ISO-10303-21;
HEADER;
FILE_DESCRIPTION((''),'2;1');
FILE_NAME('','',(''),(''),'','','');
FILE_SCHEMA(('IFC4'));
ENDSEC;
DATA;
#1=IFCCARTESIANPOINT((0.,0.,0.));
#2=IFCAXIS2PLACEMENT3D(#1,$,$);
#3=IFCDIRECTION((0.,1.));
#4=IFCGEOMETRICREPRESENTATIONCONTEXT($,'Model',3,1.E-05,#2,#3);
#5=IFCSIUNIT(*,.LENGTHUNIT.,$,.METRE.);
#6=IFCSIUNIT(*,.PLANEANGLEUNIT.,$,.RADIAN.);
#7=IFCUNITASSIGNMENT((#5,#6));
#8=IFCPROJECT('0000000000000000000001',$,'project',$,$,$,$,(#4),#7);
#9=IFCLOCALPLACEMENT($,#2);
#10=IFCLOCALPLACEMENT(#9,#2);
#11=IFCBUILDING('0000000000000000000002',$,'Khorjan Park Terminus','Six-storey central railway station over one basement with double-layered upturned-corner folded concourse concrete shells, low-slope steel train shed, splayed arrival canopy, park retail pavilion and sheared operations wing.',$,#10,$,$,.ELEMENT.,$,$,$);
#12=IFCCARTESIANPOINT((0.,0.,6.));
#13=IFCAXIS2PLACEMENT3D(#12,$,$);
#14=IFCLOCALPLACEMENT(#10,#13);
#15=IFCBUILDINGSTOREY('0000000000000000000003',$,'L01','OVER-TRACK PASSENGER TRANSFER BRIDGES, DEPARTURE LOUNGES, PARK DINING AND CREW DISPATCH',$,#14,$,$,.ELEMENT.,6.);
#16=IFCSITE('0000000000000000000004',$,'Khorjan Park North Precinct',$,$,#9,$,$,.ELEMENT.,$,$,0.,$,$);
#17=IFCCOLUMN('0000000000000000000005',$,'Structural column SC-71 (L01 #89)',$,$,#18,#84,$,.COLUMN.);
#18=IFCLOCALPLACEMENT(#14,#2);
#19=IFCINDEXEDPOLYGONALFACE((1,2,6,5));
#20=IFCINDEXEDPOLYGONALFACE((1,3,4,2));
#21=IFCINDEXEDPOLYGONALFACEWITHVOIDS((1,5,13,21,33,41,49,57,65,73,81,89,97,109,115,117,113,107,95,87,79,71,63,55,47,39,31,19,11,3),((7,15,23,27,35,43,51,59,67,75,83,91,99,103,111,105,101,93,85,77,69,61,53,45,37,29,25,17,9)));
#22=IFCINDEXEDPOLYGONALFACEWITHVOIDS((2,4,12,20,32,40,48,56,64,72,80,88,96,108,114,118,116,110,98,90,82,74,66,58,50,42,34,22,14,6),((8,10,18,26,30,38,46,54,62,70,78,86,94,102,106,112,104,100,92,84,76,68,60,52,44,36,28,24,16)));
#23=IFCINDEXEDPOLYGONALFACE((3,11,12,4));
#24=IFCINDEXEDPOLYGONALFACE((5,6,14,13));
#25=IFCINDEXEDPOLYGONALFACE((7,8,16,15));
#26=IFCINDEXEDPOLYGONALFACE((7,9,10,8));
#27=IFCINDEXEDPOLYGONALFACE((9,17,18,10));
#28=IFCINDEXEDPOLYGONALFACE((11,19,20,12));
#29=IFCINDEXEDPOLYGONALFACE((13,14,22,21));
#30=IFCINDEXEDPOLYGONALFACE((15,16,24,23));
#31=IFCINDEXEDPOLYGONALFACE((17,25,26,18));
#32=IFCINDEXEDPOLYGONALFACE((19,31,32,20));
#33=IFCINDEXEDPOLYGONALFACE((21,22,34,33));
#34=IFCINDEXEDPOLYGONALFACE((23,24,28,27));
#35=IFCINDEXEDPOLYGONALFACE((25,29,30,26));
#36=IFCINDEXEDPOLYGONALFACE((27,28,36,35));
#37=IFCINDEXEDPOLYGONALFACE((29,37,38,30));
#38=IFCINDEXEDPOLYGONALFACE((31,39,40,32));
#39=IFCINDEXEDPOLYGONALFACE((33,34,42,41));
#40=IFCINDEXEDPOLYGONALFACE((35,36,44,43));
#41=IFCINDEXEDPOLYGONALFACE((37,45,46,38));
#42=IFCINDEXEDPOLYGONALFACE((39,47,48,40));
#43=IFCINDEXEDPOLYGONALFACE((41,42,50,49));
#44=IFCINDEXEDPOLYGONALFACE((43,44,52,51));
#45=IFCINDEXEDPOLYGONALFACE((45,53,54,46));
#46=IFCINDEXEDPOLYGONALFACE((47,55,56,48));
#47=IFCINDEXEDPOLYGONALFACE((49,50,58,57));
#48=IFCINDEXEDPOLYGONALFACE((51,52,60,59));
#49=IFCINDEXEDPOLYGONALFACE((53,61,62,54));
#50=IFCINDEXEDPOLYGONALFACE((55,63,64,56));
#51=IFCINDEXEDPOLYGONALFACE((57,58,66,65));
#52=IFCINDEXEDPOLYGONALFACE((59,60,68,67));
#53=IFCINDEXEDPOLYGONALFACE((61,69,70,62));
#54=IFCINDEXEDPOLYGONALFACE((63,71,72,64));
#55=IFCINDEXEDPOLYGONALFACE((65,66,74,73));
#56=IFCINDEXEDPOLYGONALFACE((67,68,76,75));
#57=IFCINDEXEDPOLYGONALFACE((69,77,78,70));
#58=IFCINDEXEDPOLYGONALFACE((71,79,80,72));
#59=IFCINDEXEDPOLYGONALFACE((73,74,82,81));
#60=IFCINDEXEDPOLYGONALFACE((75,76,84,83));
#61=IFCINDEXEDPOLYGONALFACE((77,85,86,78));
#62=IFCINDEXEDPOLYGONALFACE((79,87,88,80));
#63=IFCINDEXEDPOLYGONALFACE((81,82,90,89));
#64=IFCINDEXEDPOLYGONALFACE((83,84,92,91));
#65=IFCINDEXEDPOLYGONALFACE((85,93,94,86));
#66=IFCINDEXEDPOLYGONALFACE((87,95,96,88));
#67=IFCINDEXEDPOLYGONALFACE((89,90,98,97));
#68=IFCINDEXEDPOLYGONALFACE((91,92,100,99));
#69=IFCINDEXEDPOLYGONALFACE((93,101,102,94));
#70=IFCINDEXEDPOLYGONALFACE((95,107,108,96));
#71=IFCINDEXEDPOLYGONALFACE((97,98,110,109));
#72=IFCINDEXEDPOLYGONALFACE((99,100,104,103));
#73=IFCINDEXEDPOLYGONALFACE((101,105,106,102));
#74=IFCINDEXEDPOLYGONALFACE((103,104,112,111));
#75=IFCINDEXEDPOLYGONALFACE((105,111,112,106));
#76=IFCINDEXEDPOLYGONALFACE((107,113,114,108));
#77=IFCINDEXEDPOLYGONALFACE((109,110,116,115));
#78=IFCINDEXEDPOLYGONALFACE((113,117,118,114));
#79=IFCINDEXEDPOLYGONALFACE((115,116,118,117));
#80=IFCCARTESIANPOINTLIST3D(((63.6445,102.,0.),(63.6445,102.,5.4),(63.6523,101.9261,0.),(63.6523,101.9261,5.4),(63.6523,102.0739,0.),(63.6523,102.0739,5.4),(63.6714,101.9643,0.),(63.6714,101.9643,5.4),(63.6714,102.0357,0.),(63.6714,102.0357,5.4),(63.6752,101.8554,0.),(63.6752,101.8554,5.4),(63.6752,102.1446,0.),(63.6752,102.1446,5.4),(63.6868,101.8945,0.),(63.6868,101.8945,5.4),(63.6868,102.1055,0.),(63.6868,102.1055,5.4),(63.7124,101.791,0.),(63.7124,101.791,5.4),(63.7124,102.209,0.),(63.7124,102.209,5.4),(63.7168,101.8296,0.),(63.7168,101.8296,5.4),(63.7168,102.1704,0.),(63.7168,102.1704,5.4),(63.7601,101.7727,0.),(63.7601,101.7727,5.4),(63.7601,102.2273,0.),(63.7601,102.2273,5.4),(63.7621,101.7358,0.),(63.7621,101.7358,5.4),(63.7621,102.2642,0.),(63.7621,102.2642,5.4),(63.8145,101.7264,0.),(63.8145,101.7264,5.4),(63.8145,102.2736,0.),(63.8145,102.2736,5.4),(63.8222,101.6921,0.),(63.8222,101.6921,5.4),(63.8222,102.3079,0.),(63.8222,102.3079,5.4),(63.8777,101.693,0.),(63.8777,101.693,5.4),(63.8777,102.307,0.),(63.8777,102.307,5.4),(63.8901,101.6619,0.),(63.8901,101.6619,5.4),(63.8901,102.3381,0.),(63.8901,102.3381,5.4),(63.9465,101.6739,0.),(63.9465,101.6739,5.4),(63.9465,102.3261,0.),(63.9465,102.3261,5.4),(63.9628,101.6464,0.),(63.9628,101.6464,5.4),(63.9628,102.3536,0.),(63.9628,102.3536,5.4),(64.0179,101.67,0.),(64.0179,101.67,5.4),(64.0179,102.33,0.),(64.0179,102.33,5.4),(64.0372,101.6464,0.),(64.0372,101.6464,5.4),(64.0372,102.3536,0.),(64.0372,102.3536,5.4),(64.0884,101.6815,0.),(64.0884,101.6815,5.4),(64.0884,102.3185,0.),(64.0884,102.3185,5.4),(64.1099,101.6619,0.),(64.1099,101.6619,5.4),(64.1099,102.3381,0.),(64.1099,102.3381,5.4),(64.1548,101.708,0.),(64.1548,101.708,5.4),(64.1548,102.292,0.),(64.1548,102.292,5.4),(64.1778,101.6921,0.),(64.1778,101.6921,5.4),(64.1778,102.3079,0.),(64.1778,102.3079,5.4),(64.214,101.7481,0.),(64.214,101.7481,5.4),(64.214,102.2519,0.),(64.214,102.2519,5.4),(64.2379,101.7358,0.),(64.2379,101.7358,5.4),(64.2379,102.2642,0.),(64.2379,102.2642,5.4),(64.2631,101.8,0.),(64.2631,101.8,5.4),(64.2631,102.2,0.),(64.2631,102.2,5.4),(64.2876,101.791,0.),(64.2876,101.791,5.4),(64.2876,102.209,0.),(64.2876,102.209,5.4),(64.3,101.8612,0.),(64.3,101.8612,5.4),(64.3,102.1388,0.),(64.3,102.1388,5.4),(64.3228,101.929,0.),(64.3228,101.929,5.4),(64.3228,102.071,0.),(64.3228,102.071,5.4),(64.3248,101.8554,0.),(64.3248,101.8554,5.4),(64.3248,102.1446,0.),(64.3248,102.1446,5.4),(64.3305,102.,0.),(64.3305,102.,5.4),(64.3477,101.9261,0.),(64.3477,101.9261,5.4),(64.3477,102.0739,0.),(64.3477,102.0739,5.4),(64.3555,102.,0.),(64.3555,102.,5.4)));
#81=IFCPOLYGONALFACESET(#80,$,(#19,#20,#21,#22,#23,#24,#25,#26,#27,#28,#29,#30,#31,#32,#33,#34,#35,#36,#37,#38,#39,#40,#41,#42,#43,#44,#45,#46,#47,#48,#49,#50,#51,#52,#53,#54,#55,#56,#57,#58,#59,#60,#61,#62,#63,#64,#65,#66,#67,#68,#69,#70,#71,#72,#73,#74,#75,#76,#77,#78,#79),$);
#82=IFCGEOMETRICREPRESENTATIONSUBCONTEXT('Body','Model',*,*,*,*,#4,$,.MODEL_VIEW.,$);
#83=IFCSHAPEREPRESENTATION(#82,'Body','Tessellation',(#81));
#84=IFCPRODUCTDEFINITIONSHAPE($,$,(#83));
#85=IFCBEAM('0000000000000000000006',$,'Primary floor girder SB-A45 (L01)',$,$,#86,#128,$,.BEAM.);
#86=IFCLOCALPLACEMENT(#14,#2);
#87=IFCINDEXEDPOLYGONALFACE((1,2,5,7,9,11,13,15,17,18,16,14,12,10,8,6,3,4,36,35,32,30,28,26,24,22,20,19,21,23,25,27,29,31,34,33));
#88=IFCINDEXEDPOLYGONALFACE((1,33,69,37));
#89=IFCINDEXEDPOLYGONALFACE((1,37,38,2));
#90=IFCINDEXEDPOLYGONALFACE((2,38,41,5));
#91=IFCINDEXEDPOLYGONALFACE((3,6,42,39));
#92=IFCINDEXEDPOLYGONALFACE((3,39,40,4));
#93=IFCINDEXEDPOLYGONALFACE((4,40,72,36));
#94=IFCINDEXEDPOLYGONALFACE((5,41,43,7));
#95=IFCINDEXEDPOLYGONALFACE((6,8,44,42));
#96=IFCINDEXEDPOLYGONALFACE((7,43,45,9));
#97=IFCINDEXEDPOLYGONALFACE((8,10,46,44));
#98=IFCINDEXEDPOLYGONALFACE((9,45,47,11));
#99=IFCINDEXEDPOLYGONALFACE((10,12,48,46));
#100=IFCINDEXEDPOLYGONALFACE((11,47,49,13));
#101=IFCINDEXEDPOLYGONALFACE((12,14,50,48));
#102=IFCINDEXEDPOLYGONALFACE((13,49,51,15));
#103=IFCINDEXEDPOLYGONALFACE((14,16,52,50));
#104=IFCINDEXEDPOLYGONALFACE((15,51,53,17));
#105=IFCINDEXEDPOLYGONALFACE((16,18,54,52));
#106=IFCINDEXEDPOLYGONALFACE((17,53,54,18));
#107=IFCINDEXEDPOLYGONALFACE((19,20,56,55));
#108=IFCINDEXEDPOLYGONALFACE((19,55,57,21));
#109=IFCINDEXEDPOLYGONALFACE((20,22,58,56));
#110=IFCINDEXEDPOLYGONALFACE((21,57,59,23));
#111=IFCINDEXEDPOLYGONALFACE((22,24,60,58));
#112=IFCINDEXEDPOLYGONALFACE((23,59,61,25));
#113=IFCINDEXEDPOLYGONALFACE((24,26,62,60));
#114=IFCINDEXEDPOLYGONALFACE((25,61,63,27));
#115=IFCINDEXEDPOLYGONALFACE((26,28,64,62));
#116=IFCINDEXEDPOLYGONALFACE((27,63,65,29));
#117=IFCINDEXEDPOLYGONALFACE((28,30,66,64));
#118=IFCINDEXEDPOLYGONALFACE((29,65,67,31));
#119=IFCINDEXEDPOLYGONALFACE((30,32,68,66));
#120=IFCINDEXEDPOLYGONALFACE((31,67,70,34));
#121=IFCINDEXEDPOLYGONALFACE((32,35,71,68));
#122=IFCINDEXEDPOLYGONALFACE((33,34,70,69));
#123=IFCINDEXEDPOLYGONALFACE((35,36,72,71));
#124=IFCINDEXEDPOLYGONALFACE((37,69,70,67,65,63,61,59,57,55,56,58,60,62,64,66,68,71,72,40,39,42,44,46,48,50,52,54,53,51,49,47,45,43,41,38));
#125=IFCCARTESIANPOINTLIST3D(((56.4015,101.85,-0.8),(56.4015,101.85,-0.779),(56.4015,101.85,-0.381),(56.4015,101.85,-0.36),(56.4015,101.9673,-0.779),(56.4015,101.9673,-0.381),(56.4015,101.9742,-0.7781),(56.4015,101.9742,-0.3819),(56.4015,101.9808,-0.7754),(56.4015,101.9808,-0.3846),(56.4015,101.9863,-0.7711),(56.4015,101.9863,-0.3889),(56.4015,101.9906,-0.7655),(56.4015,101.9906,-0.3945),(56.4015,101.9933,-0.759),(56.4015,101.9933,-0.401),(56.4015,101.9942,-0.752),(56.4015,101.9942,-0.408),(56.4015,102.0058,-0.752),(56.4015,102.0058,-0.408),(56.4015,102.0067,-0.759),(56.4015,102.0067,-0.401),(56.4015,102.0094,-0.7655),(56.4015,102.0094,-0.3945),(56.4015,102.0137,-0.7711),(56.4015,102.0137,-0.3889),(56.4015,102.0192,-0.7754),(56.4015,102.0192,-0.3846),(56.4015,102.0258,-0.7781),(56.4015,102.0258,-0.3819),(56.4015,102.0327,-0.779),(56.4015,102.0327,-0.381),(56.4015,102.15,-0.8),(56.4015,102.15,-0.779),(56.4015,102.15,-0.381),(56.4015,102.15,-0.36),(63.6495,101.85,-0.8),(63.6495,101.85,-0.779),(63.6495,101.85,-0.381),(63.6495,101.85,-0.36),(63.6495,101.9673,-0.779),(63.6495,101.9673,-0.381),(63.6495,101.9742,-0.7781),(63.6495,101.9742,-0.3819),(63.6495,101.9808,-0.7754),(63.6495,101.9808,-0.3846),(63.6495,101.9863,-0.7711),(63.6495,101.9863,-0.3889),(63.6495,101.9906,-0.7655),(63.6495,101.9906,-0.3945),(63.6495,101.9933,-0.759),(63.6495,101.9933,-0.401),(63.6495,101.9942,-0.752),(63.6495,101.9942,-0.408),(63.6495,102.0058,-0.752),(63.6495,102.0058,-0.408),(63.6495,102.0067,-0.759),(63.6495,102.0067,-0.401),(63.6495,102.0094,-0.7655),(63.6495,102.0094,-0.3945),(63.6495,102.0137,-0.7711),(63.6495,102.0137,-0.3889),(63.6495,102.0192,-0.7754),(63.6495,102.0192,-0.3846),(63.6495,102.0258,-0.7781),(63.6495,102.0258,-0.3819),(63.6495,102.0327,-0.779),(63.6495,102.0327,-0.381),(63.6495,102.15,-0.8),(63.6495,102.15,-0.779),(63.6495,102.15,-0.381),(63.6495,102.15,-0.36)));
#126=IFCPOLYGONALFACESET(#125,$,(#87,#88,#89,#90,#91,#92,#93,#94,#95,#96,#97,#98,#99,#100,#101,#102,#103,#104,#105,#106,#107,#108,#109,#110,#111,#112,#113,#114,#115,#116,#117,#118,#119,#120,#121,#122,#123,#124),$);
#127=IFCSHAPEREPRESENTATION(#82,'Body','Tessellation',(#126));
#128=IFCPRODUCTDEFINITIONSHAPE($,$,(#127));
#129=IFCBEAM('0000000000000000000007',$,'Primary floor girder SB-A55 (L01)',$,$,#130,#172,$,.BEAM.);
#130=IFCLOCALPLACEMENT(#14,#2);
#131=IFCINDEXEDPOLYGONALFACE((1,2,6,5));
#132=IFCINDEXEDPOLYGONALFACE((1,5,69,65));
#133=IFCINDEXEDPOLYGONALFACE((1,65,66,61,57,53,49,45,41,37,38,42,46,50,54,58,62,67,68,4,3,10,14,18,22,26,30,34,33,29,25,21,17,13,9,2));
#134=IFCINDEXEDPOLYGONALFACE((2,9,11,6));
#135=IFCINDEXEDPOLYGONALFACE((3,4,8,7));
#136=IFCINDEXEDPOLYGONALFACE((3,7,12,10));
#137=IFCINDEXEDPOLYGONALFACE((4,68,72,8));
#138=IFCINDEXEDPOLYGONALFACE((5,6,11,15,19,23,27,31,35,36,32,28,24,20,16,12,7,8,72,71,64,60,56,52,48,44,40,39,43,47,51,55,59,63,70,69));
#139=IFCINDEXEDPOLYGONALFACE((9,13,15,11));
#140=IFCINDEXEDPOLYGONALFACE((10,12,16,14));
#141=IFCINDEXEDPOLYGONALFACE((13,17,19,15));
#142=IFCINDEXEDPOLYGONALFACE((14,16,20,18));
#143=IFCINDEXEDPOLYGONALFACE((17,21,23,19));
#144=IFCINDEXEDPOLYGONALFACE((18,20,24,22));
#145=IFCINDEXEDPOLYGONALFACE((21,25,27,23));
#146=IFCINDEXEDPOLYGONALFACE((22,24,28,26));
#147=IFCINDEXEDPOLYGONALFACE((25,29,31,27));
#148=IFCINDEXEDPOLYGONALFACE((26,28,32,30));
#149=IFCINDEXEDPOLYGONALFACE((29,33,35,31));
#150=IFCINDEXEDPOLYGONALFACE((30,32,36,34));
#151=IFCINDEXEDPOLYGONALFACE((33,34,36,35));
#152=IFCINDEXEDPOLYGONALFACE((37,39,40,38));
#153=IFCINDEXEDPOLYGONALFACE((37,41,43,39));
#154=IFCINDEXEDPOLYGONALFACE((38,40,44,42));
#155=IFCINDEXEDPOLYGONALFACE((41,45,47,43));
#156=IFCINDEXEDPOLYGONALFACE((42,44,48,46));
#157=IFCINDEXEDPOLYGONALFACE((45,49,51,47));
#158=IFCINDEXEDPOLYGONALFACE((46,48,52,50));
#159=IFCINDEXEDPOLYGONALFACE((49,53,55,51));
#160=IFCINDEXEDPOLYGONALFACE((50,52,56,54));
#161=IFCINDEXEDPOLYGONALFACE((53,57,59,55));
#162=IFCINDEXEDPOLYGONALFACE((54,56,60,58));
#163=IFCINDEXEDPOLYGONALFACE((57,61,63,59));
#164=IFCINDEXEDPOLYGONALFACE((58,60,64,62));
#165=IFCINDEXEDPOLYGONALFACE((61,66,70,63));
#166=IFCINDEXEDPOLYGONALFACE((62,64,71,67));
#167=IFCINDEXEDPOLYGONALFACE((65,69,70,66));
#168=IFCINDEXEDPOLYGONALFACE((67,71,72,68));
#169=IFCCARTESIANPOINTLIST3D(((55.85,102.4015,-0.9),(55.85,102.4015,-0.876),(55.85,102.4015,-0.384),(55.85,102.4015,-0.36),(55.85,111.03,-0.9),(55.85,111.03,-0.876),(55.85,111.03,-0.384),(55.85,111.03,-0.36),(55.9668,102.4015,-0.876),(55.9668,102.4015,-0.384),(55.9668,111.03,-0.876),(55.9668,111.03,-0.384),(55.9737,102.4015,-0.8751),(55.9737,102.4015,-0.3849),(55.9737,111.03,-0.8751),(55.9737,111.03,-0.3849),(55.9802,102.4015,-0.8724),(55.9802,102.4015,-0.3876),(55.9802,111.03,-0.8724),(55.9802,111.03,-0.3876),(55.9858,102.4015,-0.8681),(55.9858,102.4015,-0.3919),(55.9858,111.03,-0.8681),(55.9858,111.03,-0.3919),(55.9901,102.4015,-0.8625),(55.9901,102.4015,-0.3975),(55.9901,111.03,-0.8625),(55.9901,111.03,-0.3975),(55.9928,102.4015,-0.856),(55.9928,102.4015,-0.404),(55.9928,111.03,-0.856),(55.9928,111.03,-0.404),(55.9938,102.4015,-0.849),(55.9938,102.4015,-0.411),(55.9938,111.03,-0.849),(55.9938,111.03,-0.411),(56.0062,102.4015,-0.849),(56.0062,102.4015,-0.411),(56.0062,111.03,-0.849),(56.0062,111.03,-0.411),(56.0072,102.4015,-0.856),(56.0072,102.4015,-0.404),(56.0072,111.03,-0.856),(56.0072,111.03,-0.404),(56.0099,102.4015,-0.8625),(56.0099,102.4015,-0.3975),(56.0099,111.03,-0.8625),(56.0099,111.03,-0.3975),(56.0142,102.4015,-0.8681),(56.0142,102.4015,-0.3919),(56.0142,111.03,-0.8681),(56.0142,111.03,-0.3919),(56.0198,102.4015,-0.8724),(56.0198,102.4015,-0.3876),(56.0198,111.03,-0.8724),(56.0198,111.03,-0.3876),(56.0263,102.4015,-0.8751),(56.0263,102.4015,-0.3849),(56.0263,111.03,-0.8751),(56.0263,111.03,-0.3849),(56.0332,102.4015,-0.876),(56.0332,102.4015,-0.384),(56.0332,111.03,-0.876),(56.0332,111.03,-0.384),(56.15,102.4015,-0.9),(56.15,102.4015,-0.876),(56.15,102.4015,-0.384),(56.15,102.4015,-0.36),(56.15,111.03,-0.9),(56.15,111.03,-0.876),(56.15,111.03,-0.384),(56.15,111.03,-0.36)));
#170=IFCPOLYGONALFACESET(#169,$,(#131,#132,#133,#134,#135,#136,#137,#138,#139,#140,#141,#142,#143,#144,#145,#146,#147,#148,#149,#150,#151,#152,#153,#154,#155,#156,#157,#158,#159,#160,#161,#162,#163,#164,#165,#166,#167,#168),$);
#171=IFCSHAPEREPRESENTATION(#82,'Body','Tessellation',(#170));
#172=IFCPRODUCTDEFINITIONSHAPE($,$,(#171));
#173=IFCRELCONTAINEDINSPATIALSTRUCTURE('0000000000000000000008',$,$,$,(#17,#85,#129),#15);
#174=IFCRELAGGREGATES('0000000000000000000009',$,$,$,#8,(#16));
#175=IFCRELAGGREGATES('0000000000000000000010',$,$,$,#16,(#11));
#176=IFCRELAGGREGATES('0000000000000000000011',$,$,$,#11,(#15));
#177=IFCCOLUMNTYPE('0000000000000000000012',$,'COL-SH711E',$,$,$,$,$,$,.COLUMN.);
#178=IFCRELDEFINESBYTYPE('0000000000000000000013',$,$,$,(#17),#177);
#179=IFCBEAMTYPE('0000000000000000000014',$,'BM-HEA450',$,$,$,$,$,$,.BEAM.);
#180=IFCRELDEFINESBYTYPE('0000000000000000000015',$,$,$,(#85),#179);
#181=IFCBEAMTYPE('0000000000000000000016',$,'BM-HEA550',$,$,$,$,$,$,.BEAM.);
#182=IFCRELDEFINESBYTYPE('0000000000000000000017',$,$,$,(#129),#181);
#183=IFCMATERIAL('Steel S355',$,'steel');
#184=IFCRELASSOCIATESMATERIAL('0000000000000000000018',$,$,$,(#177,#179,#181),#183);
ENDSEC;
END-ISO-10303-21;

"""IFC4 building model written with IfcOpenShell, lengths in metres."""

from ifc_helpers import new_model, si_unit, direction, frame, origin, origin_2d, place, context, subcontext, project, spatial, hollow_circle, i_section, extrude, material, material_profile, profile_set, type_object, element, save


model = new_model("IFC4")

# Units and contexts
model_context = context("Model", 3, precision=1e-05, world=origin(), true_north=direction((0.0, 1.0)))
body_context = subcontext(model_context, "Body", "Model", "MODEL_VIEW")
ifc_project = project(units=[si_unit("LENGTHUNIT", "METRE"), si_unit("PLANEANGLEUNIT", "RADIAN")], contexts=[model_context])

# Site, building, storey
site_placement = place(None, origin())
site = spatial("IfcSite", under=ifc_project, at=site_placement, Name="Khorjan Park North Precinct", CompositionType="ELEMENT", RefElevation=0.0)
building_placement = place(site_placement, origin())
building = spatial("IfcBuilding", under=site, at=building_placement, Name="Khorjan Park Terminus", Description="Six-storey central railway station over one basement with double-layered upturned-corner folded concourse concrete shells, low-slope steel train shed, splayed arrival canopy, park retail pavilion and sheared operations wing.", CompositionType="ELEMENT")
storey_placement = place(building_placement, frame((0.0, 0.0, 6.0)))
storey = spatial("IfcBuildingStorey", under=building, at=storey_placement, Name="L01", Description="OVER-TRACK PASSENGER TRANSFER BRIDGES, DEPARTURE LOUNGES, PARK DINING AND CREW DISPATCH", CompositionType="ELEMENT", Elevation=6.0)

# Column
ifc_material_1 = material(Name="Steel S355", Category="steel")
ifc_material_profile_1 = material_profile(ifc_material_1, hollow_circle(Radius=0.3555, WallThickness=0.025, at=origin_2d()), Name="CHS 711x25")
ifc_profile_set_1 = profile_set([ifc_material_profile_1], Name="Steel S355")
column_type = type_object("IfcColumnType", Name="COL-SH711E", PredefinedType="COLUMN", material=ifc_profile_set_1)
column_placement = place(storey_placement, frame((64.0, 102.0, 0.0), z_axis=(0.0, 0.0, 1.0), x_axis=(1.0, 0.0, 0.0)))
element("IfcColumn", 1, at=column_placement, inside=storey, type_object=column_type, Name="Structural column SC-71 (L01 #89)", PredefinedType="COLUMN", context=body_context, shape_type="SweptSolid", body=[
    extrude(hollow_circle(Radius=0.3555, WallThickness=0.025, at=origin_2d()), origin(), (0.0, 0.0, 1.0), 5.4),
])

# Beams
ifc_material_profile_2 = material_profile(ifc_material_1, i_section(OverallWidth=0.3, OverallDepth=0.44, WebThickness=0.0115, FlangeThickness=0.021, FilletRadius=0.027, at=origin_2d()), Name="HEA 450")
ifc_profile_set_2 = profile_set([ifc_material_profile_2], Name="Steel S355")
beam_type_1 = type_object("IfcBeamType", Name="BM-HEA450", PredefinedType="BEAM", material=ifc_profile_set_2)
beam_1_placement = place(storey_placement, frame((56.4015, 102.0, -0.58), z_axis=(1.0, 0.0, 0.0), x_axis=(0.0, 1.0, 0.0)))
element("IfcBeam", 2, at=beam_1_placement, inside=storey, type_object=beam_type_1, Name="Primary floor girder SB-A45 (L01)", PredefinedType="BEAM", context=body_context, shape_type="SweptSolid", body=[
    extrude(i_section(OverallWidth=0.3, OverallDepth=0.44, WebThickness=0.0115, FlangeThickness=0.021, FilletRadius=0.027, at=origin_2d()), origin(), (0.0, 0.0, 1.0), 7.248),
])
ifc_material_profile_3 = material_profile(ifc_material_1, i_section(OverallWidth=0.3, OverallDepth=0.54, WebThickness=0.0125, FlangeThickness=0.024, FilletRadius=0.027, at=origin_2d()), Name="HEA 550")
ifc_profile_set_3 = profile_set([ifc_material_profile_3], Name="Steel S355")
beam_type_2 = type_object("IfcBeamType", Name="BM-HEA550", PredefinedType="BEAM", material=ifc_profile_set_3)
beam_2_placement = place(storey_placement, frame((56.0, 102.4015, -0.63), z_axis=(0.0, 1.0, 0.0), x_axis=(-1.0, 0.0, 0.0)))
element("IfcBeam", 3, at=beam_2_placement, inside=storey, type_object=beam_type_2, Name="Primary floor girder SB-A55 (L01)", PredefinedType="BEAM", context=body_context, shape_type="SweptSolid", body=[
    extrude(i_section(OverallWidth=0.3, OverallDepth=0.54, WebThickness=0.0125, FlangeThickness=0.024, FilletRadius=0.027, at=origin_2d()), origin(), (0.0, 0.0, 1.0), 8.6285),
])

save(model, "model.ifc")
